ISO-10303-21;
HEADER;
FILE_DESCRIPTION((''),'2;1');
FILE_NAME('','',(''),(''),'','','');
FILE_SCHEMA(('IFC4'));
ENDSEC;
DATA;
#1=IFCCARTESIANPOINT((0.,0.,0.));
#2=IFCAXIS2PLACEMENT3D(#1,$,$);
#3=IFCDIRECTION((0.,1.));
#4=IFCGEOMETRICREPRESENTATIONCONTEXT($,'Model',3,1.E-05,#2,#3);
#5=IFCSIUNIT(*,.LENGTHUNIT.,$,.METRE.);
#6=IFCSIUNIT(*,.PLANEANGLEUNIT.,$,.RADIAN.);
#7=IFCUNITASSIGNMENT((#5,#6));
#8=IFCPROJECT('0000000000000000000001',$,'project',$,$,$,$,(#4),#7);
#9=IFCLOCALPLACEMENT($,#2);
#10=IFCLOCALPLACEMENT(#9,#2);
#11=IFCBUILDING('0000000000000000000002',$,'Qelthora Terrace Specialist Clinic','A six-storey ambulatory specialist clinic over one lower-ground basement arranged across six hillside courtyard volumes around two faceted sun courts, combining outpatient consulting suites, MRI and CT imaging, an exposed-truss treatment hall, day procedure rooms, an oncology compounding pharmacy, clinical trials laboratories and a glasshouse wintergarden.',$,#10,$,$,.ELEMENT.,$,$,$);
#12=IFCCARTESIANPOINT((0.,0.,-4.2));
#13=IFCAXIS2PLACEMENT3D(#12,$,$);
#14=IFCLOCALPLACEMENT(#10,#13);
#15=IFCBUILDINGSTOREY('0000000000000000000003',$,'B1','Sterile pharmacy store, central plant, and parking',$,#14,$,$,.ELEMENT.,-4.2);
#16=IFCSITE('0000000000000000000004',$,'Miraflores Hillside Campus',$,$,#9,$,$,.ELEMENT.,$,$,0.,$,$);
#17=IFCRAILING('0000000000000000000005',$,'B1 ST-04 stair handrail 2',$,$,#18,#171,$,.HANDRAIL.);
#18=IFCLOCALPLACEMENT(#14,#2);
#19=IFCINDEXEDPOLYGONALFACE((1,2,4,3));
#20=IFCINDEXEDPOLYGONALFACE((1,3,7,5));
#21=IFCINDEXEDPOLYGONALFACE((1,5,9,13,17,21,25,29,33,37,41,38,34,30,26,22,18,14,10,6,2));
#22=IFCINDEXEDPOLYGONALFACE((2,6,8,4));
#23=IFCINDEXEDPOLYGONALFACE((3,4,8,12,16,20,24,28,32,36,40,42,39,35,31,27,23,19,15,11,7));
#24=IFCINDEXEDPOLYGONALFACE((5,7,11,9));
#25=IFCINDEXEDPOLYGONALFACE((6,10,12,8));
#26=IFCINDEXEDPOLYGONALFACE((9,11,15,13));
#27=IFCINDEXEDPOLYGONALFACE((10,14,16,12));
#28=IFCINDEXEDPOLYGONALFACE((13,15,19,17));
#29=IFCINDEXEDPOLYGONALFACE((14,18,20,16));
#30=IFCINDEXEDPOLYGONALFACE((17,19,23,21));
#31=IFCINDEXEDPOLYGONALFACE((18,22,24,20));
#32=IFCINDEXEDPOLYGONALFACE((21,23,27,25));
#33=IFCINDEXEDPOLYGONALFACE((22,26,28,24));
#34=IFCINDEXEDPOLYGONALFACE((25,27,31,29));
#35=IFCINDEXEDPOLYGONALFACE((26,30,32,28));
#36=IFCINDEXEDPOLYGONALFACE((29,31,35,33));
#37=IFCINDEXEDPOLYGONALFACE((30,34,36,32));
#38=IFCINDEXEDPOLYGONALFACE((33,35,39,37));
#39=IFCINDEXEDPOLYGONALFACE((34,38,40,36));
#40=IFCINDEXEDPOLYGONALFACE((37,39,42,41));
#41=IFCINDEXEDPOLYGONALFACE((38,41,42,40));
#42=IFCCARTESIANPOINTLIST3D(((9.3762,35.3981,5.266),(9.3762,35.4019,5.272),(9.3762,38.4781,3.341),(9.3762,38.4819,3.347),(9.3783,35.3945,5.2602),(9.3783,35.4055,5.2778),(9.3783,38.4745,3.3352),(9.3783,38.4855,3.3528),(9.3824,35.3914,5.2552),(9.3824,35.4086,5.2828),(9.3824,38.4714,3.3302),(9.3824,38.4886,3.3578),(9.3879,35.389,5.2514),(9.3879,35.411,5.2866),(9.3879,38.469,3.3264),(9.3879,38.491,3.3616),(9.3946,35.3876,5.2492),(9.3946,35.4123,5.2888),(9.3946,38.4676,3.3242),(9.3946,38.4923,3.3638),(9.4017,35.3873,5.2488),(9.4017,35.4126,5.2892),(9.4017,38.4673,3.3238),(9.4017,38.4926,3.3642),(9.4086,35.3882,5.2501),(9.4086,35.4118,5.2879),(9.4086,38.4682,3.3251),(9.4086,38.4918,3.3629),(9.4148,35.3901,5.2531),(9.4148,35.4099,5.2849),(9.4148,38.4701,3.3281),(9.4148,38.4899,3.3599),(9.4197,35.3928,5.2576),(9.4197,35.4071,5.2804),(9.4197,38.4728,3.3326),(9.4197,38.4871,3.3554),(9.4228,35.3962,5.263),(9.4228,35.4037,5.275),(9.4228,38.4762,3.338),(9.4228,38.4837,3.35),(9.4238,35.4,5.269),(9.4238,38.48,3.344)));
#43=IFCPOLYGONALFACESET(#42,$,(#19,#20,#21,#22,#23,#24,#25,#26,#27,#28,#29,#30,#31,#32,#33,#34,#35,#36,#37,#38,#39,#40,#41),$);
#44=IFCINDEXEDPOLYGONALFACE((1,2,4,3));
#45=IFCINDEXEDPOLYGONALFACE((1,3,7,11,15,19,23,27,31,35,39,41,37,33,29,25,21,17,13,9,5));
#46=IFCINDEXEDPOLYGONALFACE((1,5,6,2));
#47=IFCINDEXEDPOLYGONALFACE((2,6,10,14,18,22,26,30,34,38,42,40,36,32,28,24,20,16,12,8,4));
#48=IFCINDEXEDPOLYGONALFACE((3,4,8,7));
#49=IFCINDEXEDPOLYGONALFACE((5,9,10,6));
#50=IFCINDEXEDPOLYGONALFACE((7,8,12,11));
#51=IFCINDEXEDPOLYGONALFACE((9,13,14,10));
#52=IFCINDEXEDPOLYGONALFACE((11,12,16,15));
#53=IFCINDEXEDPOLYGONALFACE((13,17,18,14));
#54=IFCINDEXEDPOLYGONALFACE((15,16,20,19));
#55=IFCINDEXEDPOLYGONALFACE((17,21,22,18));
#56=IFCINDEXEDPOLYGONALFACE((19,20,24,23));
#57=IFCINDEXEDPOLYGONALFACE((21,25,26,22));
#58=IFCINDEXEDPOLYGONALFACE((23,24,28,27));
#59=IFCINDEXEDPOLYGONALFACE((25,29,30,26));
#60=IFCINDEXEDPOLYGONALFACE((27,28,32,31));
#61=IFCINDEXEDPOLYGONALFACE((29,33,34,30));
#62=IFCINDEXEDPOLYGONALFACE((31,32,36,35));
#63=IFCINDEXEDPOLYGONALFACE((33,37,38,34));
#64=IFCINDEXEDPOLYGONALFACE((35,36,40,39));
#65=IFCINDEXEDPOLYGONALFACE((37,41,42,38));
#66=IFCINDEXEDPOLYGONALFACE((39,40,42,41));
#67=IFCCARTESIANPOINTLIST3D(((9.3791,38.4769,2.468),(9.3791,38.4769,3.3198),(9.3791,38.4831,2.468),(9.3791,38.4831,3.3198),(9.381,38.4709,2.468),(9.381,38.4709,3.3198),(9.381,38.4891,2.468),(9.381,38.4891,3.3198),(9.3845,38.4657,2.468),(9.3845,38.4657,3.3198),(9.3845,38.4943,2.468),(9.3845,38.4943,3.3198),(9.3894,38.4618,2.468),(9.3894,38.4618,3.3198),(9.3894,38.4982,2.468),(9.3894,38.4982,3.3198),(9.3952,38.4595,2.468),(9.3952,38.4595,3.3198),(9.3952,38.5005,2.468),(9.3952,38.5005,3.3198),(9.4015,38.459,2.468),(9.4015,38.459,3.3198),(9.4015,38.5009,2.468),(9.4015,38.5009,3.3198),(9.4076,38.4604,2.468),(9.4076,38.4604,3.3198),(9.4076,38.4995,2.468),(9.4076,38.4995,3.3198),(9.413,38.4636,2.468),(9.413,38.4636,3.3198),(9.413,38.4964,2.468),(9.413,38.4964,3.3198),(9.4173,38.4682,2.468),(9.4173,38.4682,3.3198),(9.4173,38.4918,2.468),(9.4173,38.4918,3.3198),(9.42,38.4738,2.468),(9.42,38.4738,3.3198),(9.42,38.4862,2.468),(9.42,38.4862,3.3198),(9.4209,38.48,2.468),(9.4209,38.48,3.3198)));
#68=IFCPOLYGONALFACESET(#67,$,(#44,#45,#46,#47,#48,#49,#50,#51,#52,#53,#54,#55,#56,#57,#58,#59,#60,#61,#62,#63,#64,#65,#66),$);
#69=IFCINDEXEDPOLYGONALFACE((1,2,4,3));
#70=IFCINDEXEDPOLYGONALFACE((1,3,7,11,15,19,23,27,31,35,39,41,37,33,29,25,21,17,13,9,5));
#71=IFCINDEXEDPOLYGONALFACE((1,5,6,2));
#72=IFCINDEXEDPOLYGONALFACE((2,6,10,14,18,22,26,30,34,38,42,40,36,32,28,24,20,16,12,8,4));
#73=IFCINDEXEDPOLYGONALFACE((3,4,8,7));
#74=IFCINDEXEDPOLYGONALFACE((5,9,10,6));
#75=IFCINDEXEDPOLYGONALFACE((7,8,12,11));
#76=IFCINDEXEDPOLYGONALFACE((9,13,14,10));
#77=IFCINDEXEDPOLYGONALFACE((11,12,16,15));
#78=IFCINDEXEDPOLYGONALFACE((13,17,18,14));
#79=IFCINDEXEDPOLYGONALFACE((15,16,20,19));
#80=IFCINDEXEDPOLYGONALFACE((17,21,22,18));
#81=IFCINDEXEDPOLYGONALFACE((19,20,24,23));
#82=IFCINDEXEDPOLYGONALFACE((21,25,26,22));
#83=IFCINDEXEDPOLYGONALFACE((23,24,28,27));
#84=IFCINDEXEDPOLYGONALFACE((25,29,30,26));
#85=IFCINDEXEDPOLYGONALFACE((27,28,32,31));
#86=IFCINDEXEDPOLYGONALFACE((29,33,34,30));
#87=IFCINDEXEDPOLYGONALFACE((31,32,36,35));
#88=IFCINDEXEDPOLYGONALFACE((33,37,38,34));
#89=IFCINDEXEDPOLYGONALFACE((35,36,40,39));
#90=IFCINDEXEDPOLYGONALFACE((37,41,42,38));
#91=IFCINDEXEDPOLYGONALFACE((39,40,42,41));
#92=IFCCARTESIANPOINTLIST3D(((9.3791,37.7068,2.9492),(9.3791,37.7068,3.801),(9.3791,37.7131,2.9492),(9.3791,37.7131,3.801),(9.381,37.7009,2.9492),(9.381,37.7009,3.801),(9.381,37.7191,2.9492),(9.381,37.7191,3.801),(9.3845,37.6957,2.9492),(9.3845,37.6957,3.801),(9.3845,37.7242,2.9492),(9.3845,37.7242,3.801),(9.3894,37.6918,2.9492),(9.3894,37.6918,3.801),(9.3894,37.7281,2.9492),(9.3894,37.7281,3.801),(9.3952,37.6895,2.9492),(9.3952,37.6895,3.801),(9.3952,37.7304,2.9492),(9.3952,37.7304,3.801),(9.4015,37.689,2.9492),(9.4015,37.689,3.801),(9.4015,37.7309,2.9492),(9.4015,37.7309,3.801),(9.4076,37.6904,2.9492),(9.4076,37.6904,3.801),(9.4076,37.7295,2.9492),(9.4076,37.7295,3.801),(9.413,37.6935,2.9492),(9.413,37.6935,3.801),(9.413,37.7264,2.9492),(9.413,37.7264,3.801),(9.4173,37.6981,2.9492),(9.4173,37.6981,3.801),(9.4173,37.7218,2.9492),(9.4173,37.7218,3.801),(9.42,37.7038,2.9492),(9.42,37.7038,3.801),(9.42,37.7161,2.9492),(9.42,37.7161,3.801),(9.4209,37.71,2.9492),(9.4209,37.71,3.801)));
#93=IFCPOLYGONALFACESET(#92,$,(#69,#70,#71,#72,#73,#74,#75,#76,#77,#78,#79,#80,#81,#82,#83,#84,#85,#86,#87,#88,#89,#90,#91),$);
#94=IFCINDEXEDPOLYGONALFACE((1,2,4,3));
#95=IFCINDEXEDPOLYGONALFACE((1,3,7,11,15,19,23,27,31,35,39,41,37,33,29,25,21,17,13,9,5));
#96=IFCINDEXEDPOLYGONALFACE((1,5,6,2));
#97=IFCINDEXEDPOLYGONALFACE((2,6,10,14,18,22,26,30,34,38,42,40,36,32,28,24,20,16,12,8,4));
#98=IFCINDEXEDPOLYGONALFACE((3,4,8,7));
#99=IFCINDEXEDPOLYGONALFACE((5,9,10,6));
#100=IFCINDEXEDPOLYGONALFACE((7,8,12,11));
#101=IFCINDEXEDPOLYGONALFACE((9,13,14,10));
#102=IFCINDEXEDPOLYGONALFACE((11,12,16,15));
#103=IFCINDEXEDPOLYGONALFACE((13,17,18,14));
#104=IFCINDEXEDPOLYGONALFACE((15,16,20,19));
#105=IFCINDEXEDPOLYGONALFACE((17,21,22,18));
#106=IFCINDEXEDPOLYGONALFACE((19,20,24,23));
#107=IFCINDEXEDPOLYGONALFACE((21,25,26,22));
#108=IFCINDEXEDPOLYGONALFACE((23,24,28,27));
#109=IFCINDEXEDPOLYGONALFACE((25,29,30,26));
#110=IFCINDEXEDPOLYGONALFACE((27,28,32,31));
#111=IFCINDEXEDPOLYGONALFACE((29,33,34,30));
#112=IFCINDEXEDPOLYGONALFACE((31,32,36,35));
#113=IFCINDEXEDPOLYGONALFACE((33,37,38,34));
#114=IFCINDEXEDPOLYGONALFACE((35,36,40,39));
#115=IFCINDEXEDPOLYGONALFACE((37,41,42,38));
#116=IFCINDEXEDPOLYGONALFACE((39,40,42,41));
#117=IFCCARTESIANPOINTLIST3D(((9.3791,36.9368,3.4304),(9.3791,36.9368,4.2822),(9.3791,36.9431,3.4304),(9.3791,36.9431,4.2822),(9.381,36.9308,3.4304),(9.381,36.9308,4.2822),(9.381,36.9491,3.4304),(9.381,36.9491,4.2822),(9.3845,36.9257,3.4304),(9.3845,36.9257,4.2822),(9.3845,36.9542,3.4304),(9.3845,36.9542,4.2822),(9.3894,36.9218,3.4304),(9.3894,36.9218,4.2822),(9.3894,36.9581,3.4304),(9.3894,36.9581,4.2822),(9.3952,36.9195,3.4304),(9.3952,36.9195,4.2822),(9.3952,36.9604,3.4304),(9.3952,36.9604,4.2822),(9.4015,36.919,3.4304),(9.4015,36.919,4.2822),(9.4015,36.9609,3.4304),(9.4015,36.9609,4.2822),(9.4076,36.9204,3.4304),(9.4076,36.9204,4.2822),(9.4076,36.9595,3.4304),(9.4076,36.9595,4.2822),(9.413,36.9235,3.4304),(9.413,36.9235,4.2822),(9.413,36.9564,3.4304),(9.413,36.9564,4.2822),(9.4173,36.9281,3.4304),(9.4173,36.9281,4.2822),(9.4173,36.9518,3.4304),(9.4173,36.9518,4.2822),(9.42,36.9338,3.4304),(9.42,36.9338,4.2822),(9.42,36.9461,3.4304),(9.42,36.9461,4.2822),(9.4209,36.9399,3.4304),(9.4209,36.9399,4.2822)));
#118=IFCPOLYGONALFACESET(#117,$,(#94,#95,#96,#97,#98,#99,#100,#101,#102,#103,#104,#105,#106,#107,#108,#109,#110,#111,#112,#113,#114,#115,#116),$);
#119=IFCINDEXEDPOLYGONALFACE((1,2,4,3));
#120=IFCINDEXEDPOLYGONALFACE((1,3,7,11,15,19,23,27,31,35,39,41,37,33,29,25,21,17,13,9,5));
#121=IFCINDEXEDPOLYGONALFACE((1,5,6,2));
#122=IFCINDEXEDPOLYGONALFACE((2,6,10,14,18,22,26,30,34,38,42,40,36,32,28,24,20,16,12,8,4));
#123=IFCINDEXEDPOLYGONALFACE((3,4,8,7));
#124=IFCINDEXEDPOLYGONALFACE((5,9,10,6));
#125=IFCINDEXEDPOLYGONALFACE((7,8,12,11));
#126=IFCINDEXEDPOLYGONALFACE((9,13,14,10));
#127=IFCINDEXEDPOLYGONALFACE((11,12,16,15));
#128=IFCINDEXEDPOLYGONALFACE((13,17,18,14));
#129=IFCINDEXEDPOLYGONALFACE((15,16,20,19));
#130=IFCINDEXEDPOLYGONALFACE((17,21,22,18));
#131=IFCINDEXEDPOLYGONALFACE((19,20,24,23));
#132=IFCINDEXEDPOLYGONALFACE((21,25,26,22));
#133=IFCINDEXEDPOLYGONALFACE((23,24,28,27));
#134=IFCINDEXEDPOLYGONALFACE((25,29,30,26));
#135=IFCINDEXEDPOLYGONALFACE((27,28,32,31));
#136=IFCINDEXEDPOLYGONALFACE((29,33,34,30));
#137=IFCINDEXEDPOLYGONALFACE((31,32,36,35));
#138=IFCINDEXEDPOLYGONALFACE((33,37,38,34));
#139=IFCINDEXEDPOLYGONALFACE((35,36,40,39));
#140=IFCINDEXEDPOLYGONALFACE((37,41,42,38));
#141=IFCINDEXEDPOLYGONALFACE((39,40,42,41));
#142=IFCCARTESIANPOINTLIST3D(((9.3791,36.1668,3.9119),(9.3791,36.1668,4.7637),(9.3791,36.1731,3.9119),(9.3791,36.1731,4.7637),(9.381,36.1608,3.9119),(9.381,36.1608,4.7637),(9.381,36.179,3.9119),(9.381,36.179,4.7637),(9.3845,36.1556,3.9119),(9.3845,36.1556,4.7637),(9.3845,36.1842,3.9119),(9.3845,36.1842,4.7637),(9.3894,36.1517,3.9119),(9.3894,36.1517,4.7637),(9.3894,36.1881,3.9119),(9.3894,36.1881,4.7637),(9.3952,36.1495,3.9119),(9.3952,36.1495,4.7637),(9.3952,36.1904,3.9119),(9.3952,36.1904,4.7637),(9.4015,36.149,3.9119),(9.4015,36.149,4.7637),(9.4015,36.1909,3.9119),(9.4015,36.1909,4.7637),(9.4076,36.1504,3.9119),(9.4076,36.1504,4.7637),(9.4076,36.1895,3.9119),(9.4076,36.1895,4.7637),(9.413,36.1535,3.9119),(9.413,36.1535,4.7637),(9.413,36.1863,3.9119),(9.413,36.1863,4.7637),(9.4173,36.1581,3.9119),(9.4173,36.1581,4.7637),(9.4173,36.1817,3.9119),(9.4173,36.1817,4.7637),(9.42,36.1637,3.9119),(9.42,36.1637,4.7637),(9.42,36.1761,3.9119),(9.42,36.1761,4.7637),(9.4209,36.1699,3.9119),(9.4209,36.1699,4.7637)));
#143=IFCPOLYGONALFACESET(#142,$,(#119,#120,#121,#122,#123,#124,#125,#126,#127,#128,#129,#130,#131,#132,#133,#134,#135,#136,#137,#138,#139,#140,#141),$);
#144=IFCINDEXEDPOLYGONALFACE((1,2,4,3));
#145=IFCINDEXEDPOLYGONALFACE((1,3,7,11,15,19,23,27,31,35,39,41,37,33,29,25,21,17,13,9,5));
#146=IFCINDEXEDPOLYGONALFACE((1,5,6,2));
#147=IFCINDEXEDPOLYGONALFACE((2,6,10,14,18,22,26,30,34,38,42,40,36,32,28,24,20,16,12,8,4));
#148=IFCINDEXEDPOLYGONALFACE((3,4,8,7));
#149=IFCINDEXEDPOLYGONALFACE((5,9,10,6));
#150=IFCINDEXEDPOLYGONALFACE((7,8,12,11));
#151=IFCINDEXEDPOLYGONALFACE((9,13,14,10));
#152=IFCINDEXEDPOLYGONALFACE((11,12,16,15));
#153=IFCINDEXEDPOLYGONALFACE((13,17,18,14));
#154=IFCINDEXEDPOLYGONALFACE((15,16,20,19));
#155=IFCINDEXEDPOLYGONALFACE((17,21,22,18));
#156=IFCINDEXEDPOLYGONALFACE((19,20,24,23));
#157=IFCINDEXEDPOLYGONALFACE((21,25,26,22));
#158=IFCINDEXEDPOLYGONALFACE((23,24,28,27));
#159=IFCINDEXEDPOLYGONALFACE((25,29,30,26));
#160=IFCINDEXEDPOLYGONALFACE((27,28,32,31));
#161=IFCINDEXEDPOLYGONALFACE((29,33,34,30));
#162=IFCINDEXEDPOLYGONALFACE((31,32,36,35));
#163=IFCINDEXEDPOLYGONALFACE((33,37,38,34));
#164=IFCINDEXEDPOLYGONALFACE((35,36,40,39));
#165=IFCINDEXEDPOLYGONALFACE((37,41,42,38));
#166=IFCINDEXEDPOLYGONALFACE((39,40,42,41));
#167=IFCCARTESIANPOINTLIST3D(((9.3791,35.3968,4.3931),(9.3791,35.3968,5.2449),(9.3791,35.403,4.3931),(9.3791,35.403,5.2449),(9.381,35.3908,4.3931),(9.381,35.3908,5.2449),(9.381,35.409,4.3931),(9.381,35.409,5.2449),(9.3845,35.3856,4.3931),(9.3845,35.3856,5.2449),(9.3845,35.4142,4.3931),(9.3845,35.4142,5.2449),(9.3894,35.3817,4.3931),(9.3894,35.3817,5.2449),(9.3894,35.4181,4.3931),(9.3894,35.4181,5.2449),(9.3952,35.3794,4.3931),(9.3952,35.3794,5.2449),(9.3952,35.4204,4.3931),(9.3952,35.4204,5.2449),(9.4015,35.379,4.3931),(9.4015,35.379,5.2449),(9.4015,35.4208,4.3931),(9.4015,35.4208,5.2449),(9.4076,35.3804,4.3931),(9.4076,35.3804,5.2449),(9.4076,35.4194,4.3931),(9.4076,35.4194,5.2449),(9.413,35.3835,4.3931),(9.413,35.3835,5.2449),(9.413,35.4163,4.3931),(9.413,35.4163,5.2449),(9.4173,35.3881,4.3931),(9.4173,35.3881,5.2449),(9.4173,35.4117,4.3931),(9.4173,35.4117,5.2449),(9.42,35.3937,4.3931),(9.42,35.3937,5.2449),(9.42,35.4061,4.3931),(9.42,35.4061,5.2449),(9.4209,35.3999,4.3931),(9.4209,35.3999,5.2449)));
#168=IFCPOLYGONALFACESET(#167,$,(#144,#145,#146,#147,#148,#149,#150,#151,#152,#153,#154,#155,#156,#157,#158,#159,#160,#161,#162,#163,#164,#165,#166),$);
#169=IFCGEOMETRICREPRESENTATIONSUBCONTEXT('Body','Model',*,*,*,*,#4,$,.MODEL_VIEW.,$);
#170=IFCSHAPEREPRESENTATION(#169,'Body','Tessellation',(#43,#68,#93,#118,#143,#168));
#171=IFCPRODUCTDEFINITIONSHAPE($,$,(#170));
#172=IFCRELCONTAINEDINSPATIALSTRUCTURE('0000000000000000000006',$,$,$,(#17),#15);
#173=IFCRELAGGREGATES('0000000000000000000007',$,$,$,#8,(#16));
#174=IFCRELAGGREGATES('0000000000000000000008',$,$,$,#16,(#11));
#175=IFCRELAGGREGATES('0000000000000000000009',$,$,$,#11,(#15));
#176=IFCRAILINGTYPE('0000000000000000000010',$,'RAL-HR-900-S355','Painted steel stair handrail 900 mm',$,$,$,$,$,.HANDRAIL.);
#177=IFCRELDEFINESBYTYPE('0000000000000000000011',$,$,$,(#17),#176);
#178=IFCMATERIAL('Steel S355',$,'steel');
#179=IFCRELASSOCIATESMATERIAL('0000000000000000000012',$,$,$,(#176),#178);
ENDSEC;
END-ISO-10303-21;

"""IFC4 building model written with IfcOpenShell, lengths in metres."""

from ifc_helpers import new_model, si_unit, direction, frame, origin, origin_2d, place, context, subcontext, project, spatial, circle, extrude, material, type_object, element, save


model = new_model("IFC4")

# Units and contexts
model_context = context("Model", 3, precision=1e-05, world=origin(), true_north=direction((0.0, 1.0)))
body_context = subcontext(model_context, "Body", "Model", "MODEL_VIEW")
ifc_project = project(units=[si_unit("LENGTHUNIT", "METRE"), si_unit("PLANEANGLEUNIT", "RADIAN")], contexts=[model_context])

# Site, building, storey
site_placement = place(None, origin())
site = spatial("IfcSite", under=ifc_project, at=site_placement, Name="Miraflores Hillside Campus", CompositionType="ELEMENT", RefElevation=0.0)
building_placement = place(site_placement, origin())
building = spatial("IfcBuilding", under=site, at=building_placement, Name="Qelthora Terrace Specialist Clinic", Description="A six-storey ambulatory specialist clinic over one lower-ground basement arranged across six hillside courtyard volumes around two faceted sun courts, combining outpatient consulting suites, MRI and CT imaging, an exposed-truss treatment hall, day procedure rooms, an oncology compounding pharmacy, clinical trials laboratories and a glasshouse wintergarden.", CompositionType="ELEMENT")
storey_placement = place(building_placement, frame((0.0, 0.0, -4.2)))
storey = spatial("IfcBuildingStorey", under=building, at=storey_placement, Name="B1", Description="Sterile pharmacy store, central plant, and parking", CompositionType="ELEMENT", Elevation=-4.2)

# Shared definitions
ifc_material_1 = material(Name="Steel S355", Category="steel")

# Railing
railing_type_1 = type_object("IfcRailingType", Name="RAL-HR-900-S355", Description="Painted steel stair handrail 900 mm", PredefinedType="HANDRAIL", material=ifc_material_1)
railing_1_placement = place(storey_placement, frame((9.3999, 38.48, 2.468)))
element("IfcRailing", 1, at=railing_1_placement, inside=storey, type_object=railing_type_1, Name="B1 ST-04 stair handrail 2", PredefinedType="HANDRAIL", context=body_context, shape_type="SweptSolid", body=[
    extrude(circle(Radius=0.0239, at=origin_2d()), frame((0.0, 0.0, 0.876), z_axis=(0.0, -0.847998, 0.529999), x_axis=(1.0, 0.0, 0.0)), (0.0, 0.0, 1.0), 3.6321),
    extrude(circle(Radius=0.021, at=origin_2d()), origin(), (0.0, 0.0, 1.0), 0.8518),
    extrude(circle(Radius=0.021, at=origin_2d()), frame((0.0, -0.77, 0.4812)), (0.0, 0.0, 1.0), 0.8518),
    extrude(circle(Radius=0.021, at=origin_2d()), frame((0.0, -1.54, 0.9624)), (0.0, 0.0, 1.0), 0.8518),
    extrude(circle(Radius=0.021, at=origin_2d()), frame((0.0, -2.3101, 1.4438)), (0.0, 0.0, 1.0), 0.8518),
    extrude(circle(Radius=0.021, at=origin_2d()), frame((0.0, -3.0801, 1.925)), (0.0, 0.0, 1.0), 0.8518),
])

save(model, "model.ifc")
